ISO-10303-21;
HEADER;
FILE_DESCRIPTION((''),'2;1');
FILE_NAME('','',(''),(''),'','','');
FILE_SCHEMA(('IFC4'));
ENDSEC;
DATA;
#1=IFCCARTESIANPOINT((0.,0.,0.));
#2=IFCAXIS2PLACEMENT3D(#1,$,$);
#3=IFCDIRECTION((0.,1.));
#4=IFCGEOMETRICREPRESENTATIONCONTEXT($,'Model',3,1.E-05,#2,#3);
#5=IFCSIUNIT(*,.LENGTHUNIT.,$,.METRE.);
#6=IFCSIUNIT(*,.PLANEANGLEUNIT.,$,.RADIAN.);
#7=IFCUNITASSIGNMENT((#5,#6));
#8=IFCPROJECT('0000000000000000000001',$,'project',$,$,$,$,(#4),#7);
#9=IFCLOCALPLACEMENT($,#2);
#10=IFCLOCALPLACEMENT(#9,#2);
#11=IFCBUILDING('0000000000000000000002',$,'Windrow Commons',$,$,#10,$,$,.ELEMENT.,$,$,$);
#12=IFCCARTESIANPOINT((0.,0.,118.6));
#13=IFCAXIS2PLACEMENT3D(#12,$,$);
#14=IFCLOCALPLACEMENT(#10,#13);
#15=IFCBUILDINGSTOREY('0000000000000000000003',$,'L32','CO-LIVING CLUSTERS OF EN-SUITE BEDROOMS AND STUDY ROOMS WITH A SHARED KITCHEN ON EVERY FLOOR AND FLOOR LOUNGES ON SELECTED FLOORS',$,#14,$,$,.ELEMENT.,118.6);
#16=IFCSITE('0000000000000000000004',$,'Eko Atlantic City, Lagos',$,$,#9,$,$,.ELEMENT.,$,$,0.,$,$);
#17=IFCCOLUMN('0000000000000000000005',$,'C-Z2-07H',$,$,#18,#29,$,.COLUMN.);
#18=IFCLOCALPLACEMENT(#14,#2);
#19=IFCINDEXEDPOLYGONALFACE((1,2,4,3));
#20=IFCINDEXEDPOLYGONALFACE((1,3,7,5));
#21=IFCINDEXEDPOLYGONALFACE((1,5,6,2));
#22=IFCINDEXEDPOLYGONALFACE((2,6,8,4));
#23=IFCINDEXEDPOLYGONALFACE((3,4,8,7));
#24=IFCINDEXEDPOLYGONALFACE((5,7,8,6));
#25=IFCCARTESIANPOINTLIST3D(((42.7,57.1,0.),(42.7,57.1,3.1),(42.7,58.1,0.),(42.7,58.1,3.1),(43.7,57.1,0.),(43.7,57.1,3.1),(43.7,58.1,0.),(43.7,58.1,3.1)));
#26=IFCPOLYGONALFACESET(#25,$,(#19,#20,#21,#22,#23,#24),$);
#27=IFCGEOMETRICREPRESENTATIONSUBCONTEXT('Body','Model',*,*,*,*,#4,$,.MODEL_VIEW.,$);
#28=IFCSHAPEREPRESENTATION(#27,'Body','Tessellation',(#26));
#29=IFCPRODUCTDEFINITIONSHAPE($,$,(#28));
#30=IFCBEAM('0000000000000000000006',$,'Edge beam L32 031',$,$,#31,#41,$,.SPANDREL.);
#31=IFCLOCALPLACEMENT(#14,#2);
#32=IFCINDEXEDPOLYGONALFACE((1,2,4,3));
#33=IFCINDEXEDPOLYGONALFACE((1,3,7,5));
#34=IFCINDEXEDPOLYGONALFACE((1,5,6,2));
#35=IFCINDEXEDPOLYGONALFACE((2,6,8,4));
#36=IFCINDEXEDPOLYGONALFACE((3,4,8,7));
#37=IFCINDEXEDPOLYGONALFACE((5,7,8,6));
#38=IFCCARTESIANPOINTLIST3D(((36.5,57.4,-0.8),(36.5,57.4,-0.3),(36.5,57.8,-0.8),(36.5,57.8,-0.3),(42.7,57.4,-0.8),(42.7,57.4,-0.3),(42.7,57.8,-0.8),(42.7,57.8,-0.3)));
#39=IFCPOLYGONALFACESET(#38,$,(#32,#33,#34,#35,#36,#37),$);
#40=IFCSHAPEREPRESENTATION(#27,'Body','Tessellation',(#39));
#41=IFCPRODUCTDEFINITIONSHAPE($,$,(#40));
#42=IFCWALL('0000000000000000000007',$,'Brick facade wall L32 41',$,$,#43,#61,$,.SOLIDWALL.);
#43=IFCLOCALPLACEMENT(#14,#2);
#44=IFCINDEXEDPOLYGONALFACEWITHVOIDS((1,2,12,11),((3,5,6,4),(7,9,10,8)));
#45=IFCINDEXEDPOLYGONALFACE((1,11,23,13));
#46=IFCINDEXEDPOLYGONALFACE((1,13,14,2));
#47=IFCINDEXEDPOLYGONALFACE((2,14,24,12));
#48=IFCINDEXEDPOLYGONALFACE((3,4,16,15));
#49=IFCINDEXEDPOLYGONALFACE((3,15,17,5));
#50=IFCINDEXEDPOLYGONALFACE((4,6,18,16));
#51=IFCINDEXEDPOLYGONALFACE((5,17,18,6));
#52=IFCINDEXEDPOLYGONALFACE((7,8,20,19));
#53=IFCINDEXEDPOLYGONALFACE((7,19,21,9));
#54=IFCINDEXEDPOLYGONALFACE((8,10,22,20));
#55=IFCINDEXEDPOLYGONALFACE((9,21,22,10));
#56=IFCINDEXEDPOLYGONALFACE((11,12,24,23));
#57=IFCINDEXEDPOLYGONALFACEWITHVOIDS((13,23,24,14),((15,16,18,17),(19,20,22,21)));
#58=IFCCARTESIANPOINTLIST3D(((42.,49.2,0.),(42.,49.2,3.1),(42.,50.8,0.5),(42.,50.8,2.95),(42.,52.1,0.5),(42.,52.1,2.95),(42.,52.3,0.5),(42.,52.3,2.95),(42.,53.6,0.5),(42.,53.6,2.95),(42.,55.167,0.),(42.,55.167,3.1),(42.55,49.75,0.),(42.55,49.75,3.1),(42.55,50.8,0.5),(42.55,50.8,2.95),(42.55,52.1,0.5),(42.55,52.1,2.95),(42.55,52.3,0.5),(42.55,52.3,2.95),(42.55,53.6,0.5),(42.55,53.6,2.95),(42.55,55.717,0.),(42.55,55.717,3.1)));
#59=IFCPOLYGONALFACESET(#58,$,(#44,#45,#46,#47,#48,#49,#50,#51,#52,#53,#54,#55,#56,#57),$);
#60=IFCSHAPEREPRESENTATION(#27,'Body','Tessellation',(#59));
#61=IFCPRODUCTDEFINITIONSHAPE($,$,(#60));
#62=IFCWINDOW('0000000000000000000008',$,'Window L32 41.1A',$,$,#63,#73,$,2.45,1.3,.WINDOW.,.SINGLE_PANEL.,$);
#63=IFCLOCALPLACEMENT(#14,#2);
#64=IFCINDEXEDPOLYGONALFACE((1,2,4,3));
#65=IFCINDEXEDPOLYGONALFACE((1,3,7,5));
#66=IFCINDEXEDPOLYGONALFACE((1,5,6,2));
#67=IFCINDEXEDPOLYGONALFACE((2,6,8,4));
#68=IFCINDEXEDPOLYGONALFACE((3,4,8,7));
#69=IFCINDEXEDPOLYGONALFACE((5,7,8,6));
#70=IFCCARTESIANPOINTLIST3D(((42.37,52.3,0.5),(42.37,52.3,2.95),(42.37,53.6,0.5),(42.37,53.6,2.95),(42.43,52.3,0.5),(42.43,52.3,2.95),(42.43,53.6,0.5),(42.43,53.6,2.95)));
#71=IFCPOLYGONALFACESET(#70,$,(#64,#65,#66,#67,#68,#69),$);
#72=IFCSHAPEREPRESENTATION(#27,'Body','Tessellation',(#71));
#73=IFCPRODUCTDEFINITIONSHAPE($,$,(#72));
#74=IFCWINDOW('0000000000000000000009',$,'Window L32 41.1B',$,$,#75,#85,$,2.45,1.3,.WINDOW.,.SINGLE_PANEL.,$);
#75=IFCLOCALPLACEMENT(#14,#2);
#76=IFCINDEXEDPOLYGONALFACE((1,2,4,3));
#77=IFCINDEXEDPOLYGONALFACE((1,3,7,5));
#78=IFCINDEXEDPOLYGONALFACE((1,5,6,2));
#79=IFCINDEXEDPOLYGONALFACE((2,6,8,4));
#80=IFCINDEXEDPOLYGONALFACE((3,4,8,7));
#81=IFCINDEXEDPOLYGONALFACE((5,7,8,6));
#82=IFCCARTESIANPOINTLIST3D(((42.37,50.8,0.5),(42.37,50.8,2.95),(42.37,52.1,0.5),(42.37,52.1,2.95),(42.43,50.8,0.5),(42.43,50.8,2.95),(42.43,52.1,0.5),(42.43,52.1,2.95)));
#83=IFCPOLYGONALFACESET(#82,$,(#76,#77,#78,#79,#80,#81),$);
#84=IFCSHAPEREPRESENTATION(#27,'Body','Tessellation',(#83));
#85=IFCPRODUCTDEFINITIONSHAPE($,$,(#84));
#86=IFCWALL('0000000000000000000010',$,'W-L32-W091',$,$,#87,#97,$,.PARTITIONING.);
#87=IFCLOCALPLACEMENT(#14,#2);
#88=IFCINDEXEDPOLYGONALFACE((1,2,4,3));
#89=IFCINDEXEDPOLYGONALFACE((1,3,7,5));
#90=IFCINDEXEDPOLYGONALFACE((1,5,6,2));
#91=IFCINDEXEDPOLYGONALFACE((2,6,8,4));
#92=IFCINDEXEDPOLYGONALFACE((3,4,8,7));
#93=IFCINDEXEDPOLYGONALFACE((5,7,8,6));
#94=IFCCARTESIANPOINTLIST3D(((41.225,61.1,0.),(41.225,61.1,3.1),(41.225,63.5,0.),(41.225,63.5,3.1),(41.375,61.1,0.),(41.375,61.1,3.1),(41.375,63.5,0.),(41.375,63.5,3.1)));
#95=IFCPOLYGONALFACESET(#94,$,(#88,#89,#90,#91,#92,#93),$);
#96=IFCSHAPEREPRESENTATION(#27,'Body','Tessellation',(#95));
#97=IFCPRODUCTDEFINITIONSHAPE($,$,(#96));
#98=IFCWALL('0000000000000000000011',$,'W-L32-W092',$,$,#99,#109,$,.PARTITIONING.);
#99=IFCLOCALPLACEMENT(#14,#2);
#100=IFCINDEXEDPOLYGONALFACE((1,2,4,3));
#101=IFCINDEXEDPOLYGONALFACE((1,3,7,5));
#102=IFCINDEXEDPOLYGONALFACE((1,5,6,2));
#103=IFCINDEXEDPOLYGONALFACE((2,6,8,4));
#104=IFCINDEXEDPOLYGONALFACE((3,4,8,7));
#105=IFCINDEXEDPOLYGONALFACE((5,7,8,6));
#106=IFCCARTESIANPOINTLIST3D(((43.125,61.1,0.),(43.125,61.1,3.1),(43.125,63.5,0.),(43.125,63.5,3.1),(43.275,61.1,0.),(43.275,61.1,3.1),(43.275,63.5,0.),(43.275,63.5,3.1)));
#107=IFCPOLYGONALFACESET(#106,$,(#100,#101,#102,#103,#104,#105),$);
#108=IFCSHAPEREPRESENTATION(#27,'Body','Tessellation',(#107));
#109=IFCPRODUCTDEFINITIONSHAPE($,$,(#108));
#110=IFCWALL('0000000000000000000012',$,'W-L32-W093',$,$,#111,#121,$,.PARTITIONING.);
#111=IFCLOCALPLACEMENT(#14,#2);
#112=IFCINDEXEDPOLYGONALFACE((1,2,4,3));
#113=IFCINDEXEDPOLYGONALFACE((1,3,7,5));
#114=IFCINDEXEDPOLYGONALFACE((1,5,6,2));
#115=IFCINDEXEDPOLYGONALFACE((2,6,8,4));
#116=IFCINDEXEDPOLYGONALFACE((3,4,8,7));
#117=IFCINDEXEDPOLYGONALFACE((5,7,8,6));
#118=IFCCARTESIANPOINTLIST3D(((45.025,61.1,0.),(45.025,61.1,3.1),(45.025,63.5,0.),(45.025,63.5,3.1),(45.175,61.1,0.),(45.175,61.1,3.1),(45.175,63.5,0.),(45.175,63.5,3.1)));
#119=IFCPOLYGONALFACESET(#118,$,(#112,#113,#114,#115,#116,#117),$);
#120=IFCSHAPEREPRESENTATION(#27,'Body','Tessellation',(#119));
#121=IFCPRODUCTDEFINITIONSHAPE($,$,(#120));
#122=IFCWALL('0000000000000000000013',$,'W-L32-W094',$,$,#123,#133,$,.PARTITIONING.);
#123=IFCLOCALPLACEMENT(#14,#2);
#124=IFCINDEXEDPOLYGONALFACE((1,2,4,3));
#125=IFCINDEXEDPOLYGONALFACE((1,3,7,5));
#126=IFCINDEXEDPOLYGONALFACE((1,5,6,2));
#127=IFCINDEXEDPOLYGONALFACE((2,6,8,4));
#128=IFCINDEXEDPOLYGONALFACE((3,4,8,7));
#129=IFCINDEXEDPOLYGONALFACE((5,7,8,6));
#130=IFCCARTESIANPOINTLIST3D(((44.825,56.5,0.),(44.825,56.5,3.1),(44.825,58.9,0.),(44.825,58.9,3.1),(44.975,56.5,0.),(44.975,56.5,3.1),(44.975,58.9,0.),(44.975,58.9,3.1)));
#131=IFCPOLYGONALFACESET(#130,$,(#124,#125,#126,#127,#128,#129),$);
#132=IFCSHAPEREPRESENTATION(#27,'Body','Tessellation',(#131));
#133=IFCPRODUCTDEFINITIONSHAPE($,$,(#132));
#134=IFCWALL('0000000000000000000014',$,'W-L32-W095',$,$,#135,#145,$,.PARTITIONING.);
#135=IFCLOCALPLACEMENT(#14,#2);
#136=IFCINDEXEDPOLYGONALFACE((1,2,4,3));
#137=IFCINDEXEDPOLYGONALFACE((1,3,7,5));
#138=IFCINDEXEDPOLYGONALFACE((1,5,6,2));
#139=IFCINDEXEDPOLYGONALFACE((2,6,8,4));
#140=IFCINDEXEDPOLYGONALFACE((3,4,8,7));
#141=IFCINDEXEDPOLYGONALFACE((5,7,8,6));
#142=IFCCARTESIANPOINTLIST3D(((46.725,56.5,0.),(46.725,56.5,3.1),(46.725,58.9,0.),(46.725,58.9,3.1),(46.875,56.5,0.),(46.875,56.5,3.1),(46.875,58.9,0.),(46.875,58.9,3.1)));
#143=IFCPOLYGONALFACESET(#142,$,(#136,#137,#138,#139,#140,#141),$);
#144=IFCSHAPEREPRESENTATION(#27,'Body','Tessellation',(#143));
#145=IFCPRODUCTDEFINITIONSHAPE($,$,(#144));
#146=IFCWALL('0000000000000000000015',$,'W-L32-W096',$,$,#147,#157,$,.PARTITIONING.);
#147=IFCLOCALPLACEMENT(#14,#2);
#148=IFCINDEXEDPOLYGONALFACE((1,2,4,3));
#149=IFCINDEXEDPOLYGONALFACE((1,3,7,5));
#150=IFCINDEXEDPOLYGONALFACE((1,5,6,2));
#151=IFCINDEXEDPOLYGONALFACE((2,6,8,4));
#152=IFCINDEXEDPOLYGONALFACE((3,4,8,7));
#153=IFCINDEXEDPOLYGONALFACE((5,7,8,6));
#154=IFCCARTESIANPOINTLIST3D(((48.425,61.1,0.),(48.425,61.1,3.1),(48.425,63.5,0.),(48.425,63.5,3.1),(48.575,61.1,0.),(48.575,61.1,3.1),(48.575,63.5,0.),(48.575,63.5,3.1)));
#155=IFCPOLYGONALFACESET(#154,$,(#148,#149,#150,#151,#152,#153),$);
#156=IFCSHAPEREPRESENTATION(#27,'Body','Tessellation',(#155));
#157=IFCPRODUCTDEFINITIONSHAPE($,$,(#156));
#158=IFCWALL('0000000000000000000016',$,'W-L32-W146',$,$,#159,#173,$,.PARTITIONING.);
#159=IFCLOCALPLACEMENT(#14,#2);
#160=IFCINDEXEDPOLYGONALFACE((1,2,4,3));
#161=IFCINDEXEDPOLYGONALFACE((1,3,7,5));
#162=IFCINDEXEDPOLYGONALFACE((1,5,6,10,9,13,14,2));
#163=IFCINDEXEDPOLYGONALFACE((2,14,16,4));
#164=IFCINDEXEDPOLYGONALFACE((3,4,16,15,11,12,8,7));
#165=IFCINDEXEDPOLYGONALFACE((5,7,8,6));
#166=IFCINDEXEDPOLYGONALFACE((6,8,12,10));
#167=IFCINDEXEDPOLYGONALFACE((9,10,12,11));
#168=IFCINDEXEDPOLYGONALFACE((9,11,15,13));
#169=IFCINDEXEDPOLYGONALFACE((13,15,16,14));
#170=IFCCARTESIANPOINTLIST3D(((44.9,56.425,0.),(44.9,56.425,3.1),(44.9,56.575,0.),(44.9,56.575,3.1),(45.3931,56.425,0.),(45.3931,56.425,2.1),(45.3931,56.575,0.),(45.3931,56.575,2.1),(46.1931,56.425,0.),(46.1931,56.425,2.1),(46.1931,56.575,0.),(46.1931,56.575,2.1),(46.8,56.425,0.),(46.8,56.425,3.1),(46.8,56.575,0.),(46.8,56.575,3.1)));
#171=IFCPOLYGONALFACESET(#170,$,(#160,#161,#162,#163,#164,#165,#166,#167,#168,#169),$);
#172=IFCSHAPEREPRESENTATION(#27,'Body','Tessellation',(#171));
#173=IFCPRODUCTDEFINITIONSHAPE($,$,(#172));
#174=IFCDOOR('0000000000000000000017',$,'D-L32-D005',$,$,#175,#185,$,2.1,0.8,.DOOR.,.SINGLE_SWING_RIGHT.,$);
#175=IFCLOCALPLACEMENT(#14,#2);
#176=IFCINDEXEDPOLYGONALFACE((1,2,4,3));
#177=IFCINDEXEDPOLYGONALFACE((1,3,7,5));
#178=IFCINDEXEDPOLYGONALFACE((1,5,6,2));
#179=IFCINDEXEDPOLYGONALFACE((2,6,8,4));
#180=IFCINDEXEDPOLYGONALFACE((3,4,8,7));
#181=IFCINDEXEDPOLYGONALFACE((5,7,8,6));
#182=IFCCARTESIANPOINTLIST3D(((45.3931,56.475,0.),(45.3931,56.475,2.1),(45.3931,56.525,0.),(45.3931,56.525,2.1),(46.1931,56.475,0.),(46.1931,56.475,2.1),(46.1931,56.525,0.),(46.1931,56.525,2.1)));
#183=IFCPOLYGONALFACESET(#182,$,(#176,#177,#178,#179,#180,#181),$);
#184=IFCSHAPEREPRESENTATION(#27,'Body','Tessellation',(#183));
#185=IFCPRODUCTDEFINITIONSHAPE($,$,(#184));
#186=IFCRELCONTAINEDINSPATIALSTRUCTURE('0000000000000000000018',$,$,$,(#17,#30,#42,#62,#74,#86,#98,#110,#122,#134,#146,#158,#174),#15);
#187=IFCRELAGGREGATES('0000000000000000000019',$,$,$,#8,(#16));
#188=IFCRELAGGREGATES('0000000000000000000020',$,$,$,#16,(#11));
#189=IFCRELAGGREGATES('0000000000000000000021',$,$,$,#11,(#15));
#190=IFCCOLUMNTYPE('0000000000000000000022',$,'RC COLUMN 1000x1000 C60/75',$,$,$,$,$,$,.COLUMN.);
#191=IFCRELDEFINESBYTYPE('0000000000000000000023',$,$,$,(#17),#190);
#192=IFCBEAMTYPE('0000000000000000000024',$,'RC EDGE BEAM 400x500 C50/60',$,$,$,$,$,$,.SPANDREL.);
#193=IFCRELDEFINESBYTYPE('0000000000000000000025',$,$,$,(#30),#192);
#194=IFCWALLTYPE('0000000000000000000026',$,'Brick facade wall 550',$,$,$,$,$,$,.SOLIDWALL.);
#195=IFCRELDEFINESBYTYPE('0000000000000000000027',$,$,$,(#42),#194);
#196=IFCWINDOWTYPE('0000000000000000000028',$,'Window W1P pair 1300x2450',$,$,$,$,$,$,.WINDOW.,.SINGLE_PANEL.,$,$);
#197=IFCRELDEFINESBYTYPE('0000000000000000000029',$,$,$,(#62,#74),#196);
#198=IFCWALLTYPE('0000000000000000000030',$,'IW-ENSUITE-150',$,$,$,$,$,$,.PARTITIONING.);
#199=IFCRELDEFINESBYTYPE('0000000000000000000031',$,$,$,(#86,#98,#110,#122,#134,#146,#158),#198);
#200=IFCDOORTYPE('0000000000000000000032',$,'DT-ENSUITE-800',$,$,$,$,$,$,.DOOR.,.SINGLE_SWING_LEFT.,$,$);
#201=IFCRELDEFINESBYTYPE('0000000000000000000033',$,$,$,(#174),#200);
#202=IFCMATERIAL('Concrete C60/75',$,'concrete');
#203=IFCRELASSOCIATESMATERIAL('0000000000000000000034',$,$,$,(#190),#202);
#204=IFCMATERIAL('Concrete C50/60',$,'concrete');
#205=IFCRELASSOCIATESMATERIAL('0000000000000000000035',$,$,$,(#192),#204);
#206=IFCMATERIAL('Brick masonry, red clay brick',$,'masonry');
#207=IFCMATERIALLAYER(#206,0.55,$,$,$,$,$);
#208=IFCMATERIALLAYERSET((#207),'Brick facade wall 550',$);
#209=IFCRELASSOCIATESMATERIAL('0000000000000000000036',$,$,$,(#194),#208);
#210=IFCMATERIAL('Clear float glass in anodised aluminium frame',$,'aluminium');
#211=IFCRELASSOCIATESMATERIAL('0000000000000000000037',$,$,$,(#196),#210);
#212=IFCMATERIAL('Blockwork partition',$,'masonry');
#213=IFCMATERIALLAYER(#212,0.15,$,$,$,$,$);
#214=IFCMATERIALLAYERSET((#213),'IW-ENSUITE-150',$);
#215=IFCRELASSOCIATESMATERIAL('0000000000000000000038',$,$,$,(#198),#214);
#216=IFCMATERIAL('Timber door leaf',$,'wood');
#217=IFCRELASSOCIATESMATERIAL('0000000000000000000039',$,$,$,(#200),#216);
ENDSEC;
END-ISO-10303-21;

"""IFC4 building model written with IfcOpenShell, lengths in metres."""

from ifc_helpers import new_model, si_unit, direction, frame, frame_2d, origin, origin_2d, place, context, subcontext, project, spatial, polyline, rectangle, outline, extrude, material, layer, layer_set, material_profile, profile_set, type_object, element, fill, save


model = new_model("IFC4")

# Units and contexts
model_context = context("Model", 3, precision=1e-05, world=origin(), true_north=direction((0.0, 1.0)))
body_context = subcontext(model_context, "Body", "Model", "MODEL_VIEW")
ifc_project = project(units=[si_unit("LENGTHUNIT", "METRE"), si_unit("PLANEANGLEUNIT", "RADIAN")], contexts=[model_context])

# Site, building, storey
site_placement = place(None, origin())
site = spatial("IfcSite", under=ifc_project, at=site_placement, Name="Eko Atlantic City, Lagos", CompositionType="ELEMENT", RefElevation=0.0)
building_placement = place(site_placement, origin())
building = spatial("IfcBuilding", under=site, at=building_placement, Name="Windrow Commons", CompositionType="ELEMENT")
storey_placement = place(building_placement, frame((0.0, 0.0, 118.6)))
storey = spatial("IfcBuildingStorey", under=building, at=storey_placement, Name="L32", Description="CO-LIVING CLUSTERS OF EN-SUITE BEDROOMS AND STUDY ROOMS WITH A SHARED KITCHEN ON EVERY FLOOR AND FLOOR LOUNGES ON SELECTED FLOORS", CompositionType="ELEMENT", Elevation=118.6)

# Column
ifc_material_1 = material(Name="Concrete C60/75", Category="concrete")
ifc_material_profile_1 = material_profile(ifc_material_1, rectangle(XDim=1.0, YDim=1.0, at=origin_2d()))
ifc_profile_set_1 = profile_set([ifc_material_profile_1], Name="Concrete C60/75")
column_type = type_object("IfcColumnType", Name="RC COLUMN 1000x1000 C60/75", PredefinedType="COLUMN", material=ifc_profile_set_1)
column_placement = place(storey_placement, frame((43.2, 57.6, 0.0), z_axis=(0.0, 0.0, 1.0), x_axis=(1.0, 0.0, 0.0)))
element("IfcColumn", 1, at=column_placement, inside=storey, type_object=column_type, Name="C-Z2-07H", PredefinedType="COLUMN", context=body_context, shape_type="SweptSolid", body=[
    extrude(rectangle(XDim=1.0, YDim=1.0, at=origin_2d()), origin(), (0.0, 0.0, 1.0), 3.1),
])

# Beam
ifc_material_2 = material(Name="Concrete C50/60", Category="concrete")
ifc_material_profile_2 = material_profile(ifc_material_2, rectangle(XDim=0.4, YDim=0.5, at=origin_2d()))
ifc_profile_set_2 = profile_set([ifc_material_profile_2], Name="Concrete C50/60")
beam_type = type_object("IfcBeamType", Name="RC EDGE BEAM 400x500 C50/60", PredefinedType="SPANDREL", material=ifc_profile_set_2)
beam_placement = place(storey_placement, frame((42.7, 57.6, -0.55), z_axis=(-1.0, 0.0, 0.0), x_axis=(0.0, -1.0, 0.0)))
element("IfcBeam", 2, at=beam_placement, inside=storey, type_object=beam_type, Name="Edge beam L32 031", PredefinedType="SPANDREL", context=body_context, shape_type="SweptSolid", body=[
    extrude(rectangle(XDim=0.4, YDim=0.5, at=origin_2d()), origin(), (0.0, 0.0, 1.0), 6.2),
])

# Wall, openings, windows
ifc_material_3 = material(Name="Brick masonry, red clay brick", Category="masonry")
ifc_layer_1 = layer(ifc_material_3, 0.55)
ifc_layer_set_1 = layer_set([ifc_layer_1], Name="Brick facade wall 550")
wall_type_1 = type_object("IfcWallType", Name="Brick facade wall 550", PredefinedType="SOLIDWALL", material=ifc_layer_set_1)
wall_1_placement = place(storey_placement, frame((42.275, 55.442, 0.0), z_axis=(0.0, 0.0, 1.0), x_axis=(0.0, -1.0, 0.0)))
wall_1 = element("IfcWall", 3, at=wall_1_placement, inside=storey, type_object=wall_type_1, Name="Brick facade wall L32 41", PredefinedType="SOLIDWALL", context=body_context, shape_type="SweptSolid", body=[
    extrude(outline(polyline([(0.275, -0.275), (6.242, -0.275), (5.692, 0.275), (-0.275, 0.275), (0.275, -0.275)])), origin(), (0.0, 0.0, 1.0), 3.1),
])
opening_1_placement = place(wall_1_placement, frame((1.842, 0.0, 0.5)))
opening_1 = element("IfcOpeningElement", 4, at=opening_1_placement, cuts=wall_1, PredefinedType="OPENING", context=body_context, shape_type="SweptSolid", body=[
    extrude(rectangle(XDim=1.3, YDim=2.45, at=frame_2d((0.65, 1.225))), frame((0.0, 0.285, 0.0), z_axis=(0.0, -1.0, 0.0), x_axis=(1.0, 0.0, 0.0)), (0.0, 0.0, 1.0), 0.57),
])
opening_2_placement = place(wall_1_placement, frame((3.342, 0.0, 0.5)))
opening_2 = element("IfcOpeningElement", 5, at=opening_2_placement, cuts=wall_1, PredefinedType="OPENING", context=body_context, shape_type="SweptSolid", body=[
    extrude(rectangle(XDim=1.3, YDim=2.45, at=frame_2d((0.65, 1.225))), frame((0.0, 0.285, 0.0), z_axis=(0.0, -1.0, 0.0), x_axis=(1.0, 0.0, 0.0)), (0.0, 0.0, 1.0), 0.57),
])
ifc_material_4 = material(Name="Clear float glass in anodised aluminium frame", Category="aluminium")
window_type = type_object("IfcWindowType", Name="Window W1P pair 1300x2450", PartitioningType="SINGLE_PANEL", PredefinedType="WINDOW", material=ifc_material_4)
window_1_placement = place(opening_1_placement, origin())
window_1 = element("IfcWindow", 6, at=window_1_placement, inside=storey, type_object=window_type, Name="Window L32 41.1A", OverallHeight=2.45, OverallWidth=1.3, PartitioningType="SINGLE_PANEL", PredefinedType="WINDOW", context=body_context, shape_type="SweptSolid", body=[
    extrude(rectangle(XDim=1.3, YDim=2.45, at=frame_2d((0.65, 1.225))), frame((0.0, 0.155, 0.0), z_axis=(0.0, -1.0, 0.0), x_axis=(1.0, 0.0, 0.0)), (0.0, 0.0, 1.0), 0.06),
])
fill(opening_1, window_1)
window_2_placement = place(opening_2_placement, origin())
window_2 = element("IfcWindow", 7, at=window_2_placement, inside=storey, type_object=window_type, Name="Window L32 41.1B", OverallHeight=2.45, OverallWidth=1.3, PartitioningType="SINGLE_PANEL", PredefinedType="WINDOW", context=body_context, shape_type="SweptSolid", body=[
    extrude(rectangle(XDim=1.3, YDim=2.45, at=frame_2d((0.65, 1.225))), frame((0.0, 0.155, 0.0), z_axis=(0.0, -1.0, 0.0), x_axis=(1.0, 0.0, 0.0)), (0.0, 0.0, 1.0), 0.06),
])
fill(opening_2, window_2)

# Walls
ifc_material_5 = material(Name="Blockwork partition", Category="masonry")
ifc_layer_2 = layer(ifc_material_5, 0.15)
ifc_layer_set_2 = layer_set([ifc_layer_2], Name="IW-ENSUITE-150")
wall_type_2 = type_object("IfcWallType", Name="IW-ENSUITE-150", PredefinedType="PARTITIONING", material=ifc_layer_set_2)
for number, where, z_axis, x_axis, name in (
    (8, (41.3, 61.1, 0.0), (0.0, 0.0, 1.0), (0.0, 1.0, 0.0), "W-L32-W091"),
    (9, (43.2, 61.1, 0.0), (0.0, 0.0, 1.0), (0.0, 1.0, 0.0), "W-L32-W092"),
    (10, (45.1, 61.1, 0.0), (0.0, 0.0, 1.0), (0.0, 1.0, 0.0), "W-L32-W093"),
    (11, (44.9, 56.5, 0.0), (0.0, 0.0, 1.0), (0.0, 1.0, 0.0), "W-L32-W094"),
    (12, (46.8, 56.5, 0.0), (0.0, 0.0, 1.0), (0.0, 1.0, 0.0), "W-L32-W095"),
    (13, (48.5, 61.1, 0.0), (0.0, 0.0, 1.0), (0.0, 1.0, 0.0), "W-L32-W096"),
):
    element("IfcWall", number, at=place(storey_placement, frame(where, z_axis=z_axis, x_axis=x_axis)), inside=storey, type_object=wall_type_2, Name=name, PredefinedType="PARTITIONING", context=body_context, shape_type="SweptSolid", body=[
        extrude(rectangle(XDim=2.4, YDim=0.15, at=frame_2d((1.2, 0.0))), origin(), (0.0, 0.0, 1.0), 3.1),
    ])

# Wall, opening, door
wall_2_placement = place(storey_placement, frame((44.9, 56.5, 0.0), z_axis=(0.0, 0.0, 1.0), x_axis=(1.0, 0.0, 0.0)))
wall_2 = element("IfcWall", 14, at=wall_2_placement, inside=storey, type_object=wall_type_2, Name="W-L32-W146", PredefinedType="PARTITIONING", context=body_context, shape_type="SweptSolid", body=[
    extrude(rectangle(XDim=1.9, YDim=0.15, at=frame_2d((0.95, 0.0))), origin(), (0.0, 0.0, 1.0), 3.1),
])
opening_3_placement = place(wall_2_placement, frame((0.4931, 0.0, 0.0)))
opening_3 = element("IfcOpeningElement", 15, at=opening_3_placement, cuts=wall_2, PredefinedType="OPENING", context=body_context, shape_type="SweptSolid", body=[
    extrude(rectangle(XDim=0.8, YDim=2.1, at=frame_2d((0.4, 1.05))), frame((0.0, 0.085, 0.0), z_axis=(0.0, -1.0, 0.0), x_axis=(1.0, 0.0, 0.0)), (0.0, 0.0, 1.0), 0.17),
])
ifc_material_6 = material(Name="Timber door leaf", Category="wood")
door_type = type_object("IfcDoorType", Name="DT-ENSUITE-800", OperationType="SINGLE_SWING_LEFT", PredefinedType="DOOR", material=ifc_material_6)
door_placement = place(opening_3_placement, origin())
door = element("IfcDoor", 16, at=door_placement, inside=storey, type_object=door_type, Name="D-L32-D005", OperationType="SINGLE_SWING_RIGHT", OverallHeight=2.1, OverallWidth=0.8, PredefinedType="DOOR", context=body_context, shape_type="SweptSolid", body=[
    extrude(rectangle(XDim=0.8, YDim=2.1, at=frame_2d((0.4, 1.05))), frame((0.0, 0.025, 0.0), z_axis=(0.0, -1.0, 0.0), x_axis=(1.0, 0.0, 0.0)), (0.0, 0.0, 1.0), 0.05),
])
fill(opening_3, door)

save(model, "model.ifc")
